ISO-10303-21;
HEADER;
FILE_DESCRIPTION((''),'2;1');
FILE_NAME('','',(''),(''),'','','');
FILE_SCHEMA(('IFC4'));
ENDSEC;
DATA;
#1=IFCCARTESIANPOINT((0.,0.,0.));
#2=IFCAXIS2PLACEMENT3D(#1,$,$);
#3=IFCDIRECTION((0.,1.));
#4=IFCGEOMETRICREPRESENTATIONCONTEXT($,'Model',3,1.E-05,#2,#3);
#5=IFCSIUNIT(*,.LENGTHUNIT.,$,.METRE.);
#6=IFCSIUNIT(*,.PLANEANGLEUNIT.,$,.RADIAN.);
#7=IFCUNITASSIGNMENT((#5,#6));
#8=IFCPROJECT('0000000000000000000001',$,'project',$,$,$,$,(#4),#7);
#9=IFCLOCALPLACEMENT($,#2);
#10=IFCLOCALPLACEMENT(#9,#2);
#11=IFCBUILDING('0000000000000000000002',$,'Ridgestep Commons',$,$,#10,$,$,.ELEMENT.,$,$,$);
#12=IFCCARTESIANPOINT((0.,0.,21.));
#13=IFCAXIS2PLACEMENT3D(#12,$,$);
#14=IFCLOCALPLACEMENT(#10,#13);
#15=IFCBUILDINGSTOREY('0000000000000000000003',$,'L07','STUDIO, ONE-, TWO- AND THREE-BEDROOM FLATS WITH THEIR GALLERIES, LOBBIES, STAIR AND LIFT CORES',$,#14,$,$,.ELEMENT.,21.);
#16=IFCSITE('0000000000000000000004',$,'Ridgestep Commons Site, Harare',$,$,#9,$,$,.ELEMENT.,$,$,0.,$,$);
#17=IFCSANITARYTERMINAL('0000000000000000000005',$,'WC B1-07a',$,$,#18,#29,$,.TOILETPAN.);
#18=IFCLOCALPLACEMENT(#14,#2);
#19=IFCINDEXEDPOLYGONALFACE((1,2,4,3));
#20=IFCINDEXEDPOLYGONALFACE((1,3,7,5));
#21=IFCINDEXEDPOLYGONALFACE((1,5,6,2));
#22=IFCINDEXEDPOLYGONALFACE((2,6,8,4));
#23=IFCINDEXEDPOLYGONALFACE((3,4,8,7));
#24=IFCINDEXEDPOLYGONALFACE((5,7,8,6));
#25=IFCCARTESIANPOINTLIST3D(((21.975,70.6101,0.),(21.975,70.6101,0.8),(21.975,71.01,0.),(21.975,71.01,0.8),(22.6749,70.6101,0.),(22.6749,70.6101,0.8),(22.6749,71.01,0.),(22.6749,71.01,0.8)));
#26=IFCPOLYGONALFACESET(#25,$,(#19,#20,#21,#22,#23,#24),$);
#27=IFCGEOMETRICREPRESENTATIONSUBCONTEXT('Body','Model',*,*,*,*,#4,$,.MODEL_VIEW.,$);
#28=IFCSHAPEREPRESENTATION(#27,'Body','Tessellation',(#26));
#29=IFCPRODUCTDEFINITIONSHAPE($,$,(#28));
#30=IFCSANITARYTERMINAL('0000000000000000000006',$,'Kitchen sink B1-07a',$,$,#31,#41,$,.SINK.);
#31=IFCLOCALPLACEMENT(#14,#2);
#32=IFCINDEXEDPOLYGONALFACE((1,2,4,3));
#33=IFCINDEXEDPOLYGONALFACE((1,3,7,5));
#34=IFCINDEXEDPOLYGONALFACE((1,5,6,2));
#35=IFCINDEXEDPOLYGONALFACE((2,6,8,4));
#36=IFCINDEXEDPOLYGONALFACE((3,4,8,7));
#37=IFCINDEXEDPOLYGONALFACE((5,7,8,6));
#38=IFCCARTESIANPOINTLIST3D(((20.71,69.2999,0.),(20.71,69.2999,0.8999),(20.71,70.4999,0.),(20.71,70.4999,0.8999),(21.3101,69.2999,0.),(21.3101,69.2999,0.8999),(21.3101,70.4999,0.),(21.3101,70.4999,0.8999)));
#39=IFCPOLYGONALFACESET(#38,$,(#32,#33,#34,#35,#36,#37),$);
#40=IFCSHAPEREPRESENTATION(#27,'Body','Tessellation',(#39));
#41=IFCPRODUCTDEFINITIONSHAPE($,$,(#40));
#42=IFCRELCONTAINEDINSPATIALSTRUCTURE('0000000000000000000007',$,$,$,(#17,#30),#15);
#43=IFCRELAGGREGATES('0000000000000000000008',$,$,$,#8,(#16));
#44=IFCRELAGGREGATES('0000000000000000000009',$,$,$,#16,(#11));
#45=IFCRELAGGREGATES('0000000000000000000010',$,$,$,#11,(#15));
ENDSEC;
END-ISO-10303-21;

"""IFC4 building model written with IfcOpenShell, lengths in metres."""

from ifc_helpers import new_model, si_unit, direction, frame, origin, origin_2d, place, context, subcontext, project, spatial, rectangle, extrude, element, save


model = new_model("IFC4")

# Units and contexts
model_context = context("Model", 3, precision=1e-05, world=origin(), true_north=direction((0.0, 1.0)))
body_context = subcontext(model_context, "Body", "Model", "MODEL_VIEW")
ifc_project = project(units=[si_unit("LENGTHUNIT", "METRE"), si_unit("PLANEANGLEUNIT", "RADIAN")], contexts=[model_context])

# Site, building, storey
site_placement = place(None, origin())
site = spatial("IfcSite", under=ifc_project, at=site_placement, Name="Ridgestep Commons Site, Harare", CompositionType="ELEMENT", RefElevation=0.0)
building_placement = place(site_placement, origin())
building = spatial("IfcBuilding", under=site, at=building_placement, Name="Ridgestep Commons", CompositionType="ELEMENT")
storey_placement = place(building_placement, frame((0.0, 0.0, 21.0)))
storey = spatial("IfcBuildingStorey", under=building, at=storey_placement, Name="L07", Description="STUDIO, ONE-, TWO- AND THREE-BEDROOM FLATS WITH THEIR GALLERIES, LOBBIES, STAIR AND LIFT CORES", CompositionType="ELEMENT", Elevation=21.0)

# Sanitary terminals
sanitary_terminal_1_placement = place(storey_placement, frame((22.325, 70.8101, 0.0), z_axis=(0.0, 0.0, 1.0), x_axis=(1.0, 0.0, 0.0)))
element("IfcSanitaryTerminal", 1, at=sanitary_terminal_1_placement, inside=storey, Name="WC B1-07a", PredefinedType="TOILETPAN", context=body_context, shape_type="SweptSolid", body=[
    extrude(rectangle(XDim=0.7, YDim=0.3999, at=origin_2d()), origin(), (0.0, 0.0, 1.0), 0.8),
])
sanitary_terminal_2_placement = place(storey_placement, frame((21.01, 69.8999, 0.0), z_axis=(0.0, 0.0, 1.0), x_axis=(1.0, 0.0, 0.0)))
element("IfcSanitaryTerminal", 2, at=sanitary_terminal_2_placement, inside=storey, Name="Kitchen sink B1-07a", PredefinedType="SINK", context=body_context, shape_type="SweptSolid", body=[
    extrude(rectangle(XDim=0.6001, YDim=1.2, at=origin_2d()), origin(), (0.0, 0.0, 1.0), 0.8999),
])

save(model, "model.ifc")
